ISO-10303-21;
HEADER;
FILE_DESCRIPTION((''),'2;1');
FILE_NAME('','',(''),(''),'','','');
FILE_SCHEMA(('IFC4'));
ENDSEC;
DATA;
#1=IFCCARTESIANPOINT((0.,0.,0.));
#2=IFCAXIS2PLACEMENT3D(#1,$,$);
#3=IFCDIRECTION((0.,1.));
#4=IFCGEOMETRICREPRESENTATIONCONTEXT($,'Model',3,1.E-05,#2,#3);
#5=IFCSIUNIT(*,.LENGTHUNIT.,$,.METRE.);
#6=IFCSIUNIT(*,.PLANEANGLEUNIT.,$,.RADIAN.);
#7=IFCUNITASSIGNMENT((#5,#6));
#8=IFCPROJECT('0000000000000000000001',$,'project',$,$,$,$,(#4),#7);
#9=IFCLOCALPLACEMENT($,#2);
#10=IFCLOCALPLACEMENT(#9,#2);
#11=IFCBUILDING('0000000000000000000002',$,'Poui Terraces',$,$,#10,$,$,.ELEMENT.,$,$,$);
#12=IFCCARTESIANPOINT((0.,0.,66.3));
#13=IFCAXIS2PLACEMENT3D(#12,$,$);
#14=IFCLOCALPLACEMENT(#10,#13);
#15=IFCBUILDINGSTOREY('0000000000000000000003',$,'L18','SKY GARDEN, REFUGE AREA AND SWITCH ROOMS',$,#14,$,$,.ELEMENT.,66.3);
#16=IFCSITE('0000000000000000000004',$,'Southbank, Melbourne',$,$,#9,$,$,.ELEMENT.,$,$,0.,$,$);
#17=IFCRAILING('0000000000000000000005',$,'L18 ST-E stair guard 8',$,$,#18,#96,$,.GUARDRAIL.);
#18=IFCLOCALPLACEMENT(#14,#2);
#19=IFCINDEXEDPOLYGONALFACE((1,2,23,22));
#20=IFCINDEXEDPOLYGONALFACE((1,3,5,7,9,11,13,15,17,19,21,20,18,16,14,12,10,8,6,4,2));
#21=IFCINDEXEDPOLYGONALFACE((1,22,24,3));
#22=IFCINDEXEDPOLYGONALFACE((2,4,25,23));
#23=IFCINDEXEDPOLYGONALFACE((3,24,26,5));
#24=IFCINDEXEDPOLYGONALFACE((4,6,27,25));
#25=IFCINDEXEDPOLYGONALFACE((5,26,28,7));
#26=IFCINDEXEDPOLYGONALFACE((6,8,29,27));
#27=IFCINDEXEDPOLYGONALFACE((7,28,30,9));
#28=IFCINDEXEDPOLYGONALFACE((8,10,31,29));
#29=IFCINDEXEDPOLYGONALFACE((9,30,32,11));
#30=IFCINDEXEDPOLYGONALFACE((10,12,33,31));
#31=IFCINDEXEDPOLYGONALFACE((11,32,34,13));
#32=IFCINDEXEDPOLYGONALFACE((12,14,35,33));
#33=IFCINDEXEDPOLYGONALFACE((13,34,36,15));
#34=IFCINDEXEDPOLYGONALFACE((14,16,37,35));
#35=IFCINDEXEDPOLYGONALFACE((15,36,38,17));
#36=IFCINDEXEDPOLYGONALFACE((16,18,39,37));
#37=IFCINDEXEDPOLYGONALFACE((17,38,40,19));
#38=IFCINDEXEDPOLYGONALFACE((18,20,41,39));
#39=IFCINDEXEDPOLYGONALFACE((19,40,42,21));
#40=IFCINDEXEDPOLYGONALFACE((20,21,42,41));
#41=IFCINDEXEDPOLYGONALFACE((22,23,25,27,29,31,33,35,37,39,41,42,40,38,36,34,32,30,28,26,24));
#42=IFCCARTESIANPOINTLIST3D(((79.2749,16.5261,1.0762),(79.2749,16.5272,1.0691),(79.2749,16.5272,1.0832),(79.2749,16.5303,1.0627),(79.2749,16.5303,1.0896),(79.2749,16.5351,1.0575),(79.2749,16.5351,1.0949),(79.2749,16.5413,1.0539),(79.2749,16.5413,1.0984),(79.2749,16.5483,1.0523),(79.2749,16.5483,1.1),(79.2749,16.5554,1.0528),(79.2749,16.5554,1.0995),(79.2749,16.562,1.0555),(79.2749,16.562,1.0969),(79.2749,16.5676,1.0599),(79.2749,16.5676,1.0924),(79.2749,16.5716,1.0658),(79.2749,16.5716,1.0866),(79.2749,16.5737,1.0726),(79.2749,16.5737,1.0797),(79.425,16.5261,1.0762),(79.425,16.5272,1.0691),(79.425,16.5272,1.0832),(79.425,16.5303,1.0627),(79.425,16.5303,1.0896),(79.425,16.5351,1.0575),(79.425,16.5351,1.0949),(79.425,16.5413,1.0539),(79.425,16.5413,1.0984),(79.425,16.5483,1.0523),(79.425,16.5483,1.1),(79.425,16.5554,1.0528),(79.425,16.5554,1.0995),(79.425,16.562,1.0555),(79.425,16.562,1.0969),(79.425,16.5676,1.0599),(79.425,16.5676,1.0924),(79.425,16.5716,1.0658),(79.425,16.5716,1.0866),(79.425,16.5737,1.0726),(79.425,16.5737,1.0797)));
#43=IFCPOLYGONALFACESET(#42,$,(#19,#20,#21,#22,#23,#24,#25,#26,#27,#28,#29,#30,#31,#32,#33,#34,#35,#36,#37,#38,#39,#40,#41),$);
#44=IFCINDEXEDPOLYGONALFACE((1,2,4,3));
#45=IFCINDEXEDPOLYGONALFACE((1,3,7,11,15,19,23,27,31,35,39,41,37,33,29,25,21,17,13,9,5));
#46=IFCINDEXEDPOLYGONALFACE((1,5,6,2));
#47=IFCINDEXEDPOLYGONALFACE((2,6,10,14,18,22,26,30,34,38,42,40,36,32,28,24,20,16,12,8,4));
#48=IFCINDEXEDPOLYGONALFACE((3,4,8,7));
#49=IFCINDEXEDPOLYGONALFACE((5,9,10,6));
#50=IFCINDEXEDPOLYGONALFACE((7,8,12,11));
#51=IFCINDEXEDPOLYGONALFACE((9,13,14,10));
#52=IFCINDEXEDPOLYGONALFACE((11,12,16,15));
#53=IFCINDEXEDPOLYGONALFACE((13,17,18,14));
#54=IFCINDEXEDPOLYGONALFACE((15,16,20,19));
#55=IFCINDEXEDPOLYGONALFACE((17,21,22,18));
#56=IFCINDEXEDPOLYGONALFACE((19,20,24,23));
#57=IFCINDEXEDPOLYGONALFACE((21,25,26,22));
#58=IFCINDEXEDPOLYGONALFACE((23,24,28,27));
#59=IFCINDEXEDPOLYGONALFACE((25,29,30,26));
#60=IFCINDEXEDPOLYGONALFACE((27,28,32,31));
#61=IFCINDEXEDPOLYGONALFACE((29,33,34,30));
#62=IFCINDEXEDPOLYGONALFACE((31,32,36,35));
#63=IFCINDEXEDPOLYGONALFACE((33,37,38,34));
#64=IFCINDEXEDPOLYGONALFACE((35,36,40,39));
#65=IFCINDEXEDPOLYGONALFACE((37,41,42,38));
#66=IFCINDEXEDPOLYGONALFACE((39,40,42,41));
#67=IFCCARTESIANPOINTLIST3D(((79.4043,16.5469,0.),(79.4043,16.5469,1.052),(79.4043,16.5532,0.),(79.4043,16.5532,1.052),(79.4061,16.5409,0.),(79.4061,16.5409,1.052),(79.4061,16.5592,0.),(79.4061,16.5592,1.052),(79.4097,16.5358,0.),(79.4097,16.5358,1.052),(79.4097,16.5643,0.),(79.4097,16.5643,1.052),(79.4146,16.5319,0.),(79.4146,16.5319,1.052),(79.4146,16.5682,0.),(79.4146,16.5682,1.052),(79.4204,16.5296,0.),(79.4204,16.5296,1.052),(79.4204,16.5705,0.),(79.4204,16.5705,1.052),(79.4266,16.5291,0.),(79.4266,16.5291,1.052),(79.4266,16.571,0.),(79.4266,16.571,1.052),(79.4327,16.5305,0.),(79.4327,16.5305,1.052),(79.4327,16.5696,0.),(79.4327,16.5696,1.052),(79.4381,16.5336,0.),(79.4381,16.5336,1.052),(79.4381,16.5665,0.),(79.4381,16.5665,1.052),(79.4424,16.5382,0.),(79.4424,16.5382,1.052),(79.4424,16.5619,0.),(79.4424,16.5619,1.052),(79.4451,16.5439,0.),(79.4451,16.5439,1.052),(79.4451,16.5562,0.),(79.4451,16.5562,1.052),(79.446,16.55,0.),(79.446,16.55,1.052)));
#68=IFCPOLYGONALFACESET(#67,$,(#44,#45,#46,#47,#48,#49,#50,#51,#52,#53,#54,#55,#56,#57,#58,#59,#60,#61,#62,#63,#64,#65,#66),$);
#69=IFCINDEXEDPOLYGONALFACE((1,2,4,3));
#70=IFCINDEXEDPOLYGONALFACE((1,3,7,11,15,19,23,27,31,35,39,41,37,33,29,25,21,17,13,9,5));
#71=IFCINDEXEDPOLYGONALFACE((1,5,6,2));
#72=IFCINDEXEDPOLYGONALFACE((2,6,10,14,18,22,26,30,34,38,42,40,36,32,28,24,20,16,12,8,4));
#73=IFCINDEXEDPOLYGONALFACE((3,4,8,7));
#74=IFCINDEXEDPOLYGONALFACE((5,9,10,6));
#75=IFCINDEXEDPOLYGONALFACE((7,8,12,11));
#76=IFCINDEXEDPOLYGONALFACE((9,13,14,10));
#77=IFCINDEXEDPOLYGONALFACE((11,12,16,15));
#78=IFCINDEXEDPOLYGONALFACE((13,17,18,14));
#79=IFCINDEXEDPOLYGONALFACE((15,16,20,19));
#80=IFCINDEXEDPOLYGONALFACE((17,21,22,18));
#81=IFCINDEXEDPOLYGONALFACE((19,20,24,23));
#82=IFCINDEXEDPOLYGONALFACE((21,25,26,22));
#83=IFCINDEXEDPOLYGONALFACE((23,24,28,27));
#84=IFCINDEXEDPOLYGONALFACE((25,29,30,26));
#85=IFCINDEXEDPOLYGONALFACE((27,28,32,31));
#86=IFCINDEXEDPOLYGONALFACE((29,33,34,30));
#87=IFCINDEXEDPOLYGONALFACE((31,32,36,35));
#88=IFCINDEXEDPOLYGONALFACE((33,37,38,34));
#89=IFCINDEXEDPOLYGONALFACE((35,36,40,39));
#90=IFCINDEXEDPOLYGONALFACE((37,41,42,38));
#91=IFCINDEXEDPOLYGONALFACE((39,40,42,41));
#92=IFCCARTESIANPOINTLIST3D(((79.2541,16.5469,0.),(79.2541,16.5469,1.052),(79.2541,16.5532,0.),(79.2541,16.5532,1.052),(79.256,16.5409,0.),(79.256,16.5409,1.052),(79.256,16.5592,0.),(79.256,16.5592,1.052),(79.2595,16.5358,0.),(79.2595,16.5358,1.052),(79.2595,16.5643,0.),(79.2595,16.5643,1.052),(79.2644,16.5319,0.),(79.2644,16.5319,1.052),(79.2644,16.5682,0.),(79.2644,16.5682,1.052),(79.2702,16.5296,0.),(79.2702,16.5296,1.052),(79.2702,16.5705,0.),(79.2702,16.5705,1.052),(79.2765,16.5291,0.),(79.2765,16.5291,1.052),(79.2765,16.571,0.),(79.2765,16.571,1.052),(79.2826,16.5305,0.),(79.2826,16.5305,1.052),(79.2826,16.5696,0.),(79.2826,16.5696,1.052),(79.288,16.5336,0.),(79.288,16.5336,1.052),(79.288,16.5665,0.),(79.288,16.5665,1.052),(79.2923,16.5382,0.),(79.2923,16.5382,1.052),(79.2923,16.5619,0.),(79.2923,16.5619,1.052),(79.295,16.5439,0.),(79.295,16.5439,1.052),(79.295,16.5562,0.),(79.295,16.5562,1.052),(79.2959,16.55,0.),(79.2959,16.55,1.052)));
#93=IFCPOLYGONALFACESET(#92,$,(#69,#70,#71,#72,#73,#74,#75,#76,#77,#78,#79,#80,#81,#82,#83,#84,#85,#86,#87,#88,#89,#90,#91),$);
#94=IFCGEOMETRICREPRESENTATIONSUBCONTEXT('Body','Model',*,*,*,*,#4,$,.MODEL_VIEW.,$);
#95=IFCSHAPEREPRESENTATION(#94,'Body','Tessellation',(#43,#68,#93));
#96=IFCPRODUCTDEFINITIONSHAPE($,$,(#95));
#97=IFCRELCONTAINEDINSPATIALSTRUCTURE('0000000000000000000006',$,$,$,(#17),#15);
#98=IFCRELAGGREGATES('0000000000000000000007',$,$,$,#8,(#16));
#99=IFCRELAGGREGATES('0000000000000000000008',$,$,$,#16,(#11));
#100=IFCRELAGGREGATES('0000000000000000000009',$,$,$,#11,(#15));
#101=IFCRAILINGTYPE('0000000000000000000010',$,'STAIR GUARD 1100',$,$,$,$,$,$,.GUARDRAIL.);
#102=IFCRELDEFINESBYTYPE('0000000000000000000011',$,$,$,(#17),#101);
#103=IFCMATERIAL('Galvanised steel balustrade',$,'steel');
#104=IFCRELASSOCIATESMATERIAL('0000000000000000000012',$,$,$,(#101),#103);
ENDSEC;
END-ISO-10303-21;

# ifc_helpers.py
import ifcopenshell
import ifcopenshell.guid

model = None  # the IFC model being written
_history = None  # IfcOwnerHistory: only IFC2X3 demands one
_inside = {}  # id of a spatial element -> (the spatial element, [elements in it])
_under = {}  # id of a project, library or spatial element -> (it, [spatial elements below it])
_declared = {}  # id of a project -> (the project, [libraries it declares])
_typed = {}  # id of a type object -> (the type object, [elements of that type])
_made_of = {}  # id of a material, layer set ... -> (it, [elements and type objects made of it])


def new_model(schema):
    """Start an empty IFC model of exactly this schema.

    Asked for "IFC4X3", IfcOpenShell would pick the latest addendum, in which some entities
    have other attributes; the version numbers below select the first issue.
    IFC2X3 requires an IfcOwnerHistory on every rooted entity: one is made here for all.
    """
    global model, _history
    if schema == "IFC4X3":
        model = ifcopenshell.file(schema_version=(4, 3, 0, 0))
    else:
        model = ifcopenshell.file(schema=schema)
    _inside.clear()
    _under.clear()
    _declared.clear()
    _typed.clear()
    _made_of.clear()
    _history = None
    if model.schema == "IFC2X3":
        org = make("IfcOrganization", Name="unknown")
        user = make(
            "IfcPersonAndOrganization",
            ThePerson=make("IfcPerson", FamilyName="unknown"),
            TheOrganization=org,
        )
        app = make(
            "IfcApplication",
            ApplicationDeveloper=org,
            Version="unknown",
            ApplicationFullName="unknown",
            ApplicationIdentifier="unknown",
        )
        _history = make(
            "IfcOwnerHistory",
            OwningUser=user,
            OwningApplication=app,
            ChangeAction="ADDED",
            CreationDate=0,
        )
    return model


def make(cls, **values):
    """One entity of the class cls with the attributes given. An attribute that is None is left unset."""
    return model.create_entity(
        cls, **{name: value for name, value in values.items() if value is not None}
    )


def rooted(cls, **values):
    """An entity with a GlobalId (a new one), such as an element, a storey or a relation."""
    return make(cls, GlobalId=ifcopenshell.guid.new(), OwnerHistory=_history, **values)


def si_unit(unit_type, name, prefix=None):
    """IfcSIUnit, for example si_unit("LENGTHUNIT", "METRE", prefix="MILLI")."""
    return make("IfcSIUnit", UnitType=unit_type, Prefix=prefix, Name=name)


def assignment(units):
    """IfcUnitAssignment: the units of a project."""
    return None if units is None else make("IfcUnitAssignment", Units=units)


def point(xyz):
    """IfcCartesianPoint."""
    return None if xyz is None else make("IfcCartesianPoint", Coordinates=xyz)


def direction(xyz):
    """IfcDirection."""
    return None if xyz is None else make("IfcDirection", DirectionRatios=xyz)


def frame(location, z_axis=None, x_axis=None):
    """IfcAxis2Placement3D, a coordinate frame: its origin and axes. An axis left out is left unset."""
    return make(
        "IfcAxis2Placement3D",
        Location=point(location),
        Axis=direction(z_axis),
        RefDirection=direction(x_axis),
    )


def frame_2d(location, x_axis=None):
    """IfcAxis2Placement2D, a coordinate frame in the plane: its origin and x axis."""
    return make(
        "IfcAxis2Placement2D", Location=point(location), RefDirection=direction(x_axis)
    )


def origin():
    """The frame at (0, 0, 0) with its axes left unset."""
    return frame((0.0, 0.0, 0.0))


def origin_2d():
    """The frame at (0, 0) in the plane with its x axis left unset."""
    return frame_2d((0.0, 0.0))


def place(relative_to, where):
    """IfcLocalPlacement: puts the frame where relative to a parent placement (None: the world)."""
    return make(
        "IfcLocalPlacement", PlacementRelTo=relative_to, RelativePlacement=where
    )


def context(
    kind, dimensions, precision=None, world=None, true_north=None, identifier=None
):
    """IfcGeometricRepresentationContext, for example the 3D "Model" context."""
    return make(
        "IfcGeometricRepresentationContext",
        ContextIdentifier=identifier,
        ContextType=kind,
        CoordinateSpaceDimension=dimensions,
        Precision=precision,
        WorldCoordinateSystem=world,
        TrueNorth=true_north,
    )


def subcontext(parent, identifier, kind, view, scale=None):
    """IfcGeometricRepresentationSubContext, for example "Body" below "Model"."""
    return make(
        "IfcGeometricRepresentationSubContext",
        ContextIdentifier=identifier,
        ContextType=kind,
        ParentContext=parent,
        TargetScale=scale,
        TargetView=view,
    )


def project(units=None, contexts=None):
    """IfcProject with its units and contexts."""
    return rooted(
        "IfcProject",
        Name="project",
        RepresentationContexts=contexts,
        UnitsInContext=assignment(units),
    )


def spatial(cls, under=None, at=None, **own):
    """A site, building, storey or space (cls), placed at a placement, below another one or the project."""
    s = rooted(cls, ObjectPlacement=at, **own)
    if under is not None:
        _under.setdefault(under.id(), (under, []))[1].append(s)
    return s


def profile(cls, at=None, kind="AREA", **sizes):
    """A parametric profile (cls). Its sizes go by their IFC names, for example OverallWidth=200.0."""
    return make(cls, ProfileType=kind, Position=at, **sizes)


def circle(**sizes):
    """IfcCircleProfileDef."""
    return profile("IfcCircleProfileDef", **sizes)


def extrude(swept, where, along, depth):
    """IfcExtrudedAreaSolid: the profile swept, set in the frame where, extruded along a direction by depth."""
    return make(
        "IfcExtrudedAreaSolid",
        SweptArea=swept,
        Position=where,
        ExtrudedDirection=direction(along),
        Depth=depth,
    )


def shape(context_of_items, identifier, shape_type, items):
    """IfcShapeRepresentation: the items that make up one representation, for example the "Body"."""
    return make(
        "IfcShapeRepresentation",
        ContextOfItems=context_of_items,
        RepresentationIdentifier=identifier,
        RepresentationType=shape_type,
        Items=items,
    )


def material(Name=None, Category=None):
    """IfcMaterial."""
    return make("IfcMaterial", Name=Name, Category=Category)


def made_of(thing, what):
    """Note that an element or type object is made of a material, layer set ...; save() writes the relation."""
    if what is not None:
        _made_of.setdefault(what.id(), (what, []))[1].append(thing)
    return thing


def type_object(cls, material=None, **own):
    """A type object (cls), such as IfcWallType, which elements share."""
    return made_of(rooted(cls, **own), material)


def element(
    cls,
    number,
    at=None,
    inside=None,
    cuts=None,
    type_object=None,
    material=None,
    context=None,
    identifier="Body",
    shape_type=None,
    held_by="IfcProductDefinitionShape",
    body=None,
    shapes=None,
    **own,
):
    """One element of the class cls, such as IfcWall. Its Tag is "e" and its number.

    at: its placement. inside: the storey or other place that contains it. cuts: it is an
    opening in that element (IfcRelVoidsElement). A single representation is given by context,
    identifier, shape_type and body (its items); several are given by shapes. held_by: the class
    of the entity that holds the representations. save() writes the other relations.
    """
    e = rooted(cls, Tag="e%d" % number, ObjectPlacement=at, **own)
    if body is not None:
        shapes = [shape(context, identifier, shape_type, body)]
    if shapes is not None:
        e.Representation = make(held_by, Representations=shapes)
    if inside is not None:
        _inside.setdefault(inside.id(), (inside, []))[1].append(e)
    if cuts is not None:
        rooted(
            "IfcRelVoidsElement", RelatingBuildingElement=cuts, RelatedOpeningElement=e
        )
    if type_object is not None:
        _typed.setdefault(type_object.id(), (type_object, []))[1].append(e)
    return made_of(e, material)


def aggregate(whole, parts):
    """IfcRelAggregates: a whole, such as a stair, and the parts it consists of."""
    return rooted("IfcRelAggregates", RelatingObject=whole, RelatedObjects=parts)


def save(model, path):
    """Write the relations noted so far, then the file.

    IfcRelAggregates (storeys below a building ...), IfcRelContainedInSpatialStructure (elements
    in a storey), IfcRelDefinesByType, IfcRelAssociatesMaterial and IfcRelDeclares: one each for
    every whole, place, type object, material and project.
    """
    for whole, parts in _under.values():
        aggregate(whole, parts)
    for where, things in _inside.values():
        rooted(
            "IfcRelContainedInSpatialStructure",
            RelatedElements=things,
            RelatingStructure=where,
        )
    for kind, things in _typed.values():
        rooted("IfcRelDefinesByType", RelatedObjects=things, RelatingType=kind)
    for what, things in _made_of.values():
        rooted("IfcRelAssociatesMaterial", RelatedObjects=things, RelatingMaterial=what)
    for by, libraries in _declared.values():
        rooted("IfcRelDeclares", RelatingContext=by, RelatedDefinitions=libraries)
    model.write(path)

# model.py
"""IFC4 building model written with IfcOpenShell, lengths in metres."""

from ifc_helpers import new_model, si_unit, direction, frame, origin, origin_2d, place, context, subcontext, project, spatial, circle, extrude, material, type_object, element, save


model = new_model("IFC4")

# Units and contexts
model_context = context("Model", 3, precision=1e-05, world=origin(), true_north=direction((0.0, 1.0)))
body_context = subcontext(model_context, "Body", "Model", "MODEL_VIEW")
ifc_project = project(units=[si_unit("LENGTHUNIT", "METRE"), si_unit("PLANEANGLEUNIT", "RADIAN")], contexts=[model_context])

# Site, building, storey
site_placement = place(None, origin())
site = spatial("IfcSite", under=ifc_project, at=site_placement, Name="Southbank, Melbourne", CompositionType="ELEMENT", RefElevation=0.0)
building_placement = place(site_placement, origin())
building = spatial("IfcBuilding", under=site, at=building_placement, Name="Poui Terraces", CompositionType="ELEMENT")
storey_placement = place(building_placement, frame((0.0, 0.0, 66.3)))
storey = spatial("IfcBuildingStorey", under=building, at=storey_placement, Name="L18", Description="SKY GARDEN, REFUGE AREA AND SWITCH ROOMS", CompositionType="ELEMENT", Elevation=66.3)

# Railing
ifc_material_1 = material(Name="Galvanised steel balustrade", Category="steel")
railing_type_1 = type_object("IfcRailingType", Name="STAIR GUARD 1100", PredefinedType="GUARDRAIL", material=ifc_material_1)
railing_1_placement = place(storey_placement, frame((79.425, 16.55, 0.0)))
element("IfcRailing", 1, at=railing_1_placement, inside=storey, type_object=railing_type_1, Name="L18 ST-E stair guard 8", PredefinedType="GUARDRAIL", context=body_context, shape_type="SweptSolid", body=[
    extrude(circle(Radius=0.0239, at=origin_2d()), frame((0.0, 0.0, 1.0762), z_axis=(-1.0, 0.0, 0.0), x_axis=(0.0, -1.0, 0.0)), (0.0, 0.0, 1.0), 0.1501),
    extrude(circle(Radius=0.021, at=origin_2d()), origin(), (0.0, 0.0, 1.0), 1.052),
    extrude(circle(Radius=0.021, at=origin_2d()), frame((-0.1501, 0.0, 0.0)), (0.0, 0.0, 1.0), 1.052),
])

save(model, "model.ifc")
